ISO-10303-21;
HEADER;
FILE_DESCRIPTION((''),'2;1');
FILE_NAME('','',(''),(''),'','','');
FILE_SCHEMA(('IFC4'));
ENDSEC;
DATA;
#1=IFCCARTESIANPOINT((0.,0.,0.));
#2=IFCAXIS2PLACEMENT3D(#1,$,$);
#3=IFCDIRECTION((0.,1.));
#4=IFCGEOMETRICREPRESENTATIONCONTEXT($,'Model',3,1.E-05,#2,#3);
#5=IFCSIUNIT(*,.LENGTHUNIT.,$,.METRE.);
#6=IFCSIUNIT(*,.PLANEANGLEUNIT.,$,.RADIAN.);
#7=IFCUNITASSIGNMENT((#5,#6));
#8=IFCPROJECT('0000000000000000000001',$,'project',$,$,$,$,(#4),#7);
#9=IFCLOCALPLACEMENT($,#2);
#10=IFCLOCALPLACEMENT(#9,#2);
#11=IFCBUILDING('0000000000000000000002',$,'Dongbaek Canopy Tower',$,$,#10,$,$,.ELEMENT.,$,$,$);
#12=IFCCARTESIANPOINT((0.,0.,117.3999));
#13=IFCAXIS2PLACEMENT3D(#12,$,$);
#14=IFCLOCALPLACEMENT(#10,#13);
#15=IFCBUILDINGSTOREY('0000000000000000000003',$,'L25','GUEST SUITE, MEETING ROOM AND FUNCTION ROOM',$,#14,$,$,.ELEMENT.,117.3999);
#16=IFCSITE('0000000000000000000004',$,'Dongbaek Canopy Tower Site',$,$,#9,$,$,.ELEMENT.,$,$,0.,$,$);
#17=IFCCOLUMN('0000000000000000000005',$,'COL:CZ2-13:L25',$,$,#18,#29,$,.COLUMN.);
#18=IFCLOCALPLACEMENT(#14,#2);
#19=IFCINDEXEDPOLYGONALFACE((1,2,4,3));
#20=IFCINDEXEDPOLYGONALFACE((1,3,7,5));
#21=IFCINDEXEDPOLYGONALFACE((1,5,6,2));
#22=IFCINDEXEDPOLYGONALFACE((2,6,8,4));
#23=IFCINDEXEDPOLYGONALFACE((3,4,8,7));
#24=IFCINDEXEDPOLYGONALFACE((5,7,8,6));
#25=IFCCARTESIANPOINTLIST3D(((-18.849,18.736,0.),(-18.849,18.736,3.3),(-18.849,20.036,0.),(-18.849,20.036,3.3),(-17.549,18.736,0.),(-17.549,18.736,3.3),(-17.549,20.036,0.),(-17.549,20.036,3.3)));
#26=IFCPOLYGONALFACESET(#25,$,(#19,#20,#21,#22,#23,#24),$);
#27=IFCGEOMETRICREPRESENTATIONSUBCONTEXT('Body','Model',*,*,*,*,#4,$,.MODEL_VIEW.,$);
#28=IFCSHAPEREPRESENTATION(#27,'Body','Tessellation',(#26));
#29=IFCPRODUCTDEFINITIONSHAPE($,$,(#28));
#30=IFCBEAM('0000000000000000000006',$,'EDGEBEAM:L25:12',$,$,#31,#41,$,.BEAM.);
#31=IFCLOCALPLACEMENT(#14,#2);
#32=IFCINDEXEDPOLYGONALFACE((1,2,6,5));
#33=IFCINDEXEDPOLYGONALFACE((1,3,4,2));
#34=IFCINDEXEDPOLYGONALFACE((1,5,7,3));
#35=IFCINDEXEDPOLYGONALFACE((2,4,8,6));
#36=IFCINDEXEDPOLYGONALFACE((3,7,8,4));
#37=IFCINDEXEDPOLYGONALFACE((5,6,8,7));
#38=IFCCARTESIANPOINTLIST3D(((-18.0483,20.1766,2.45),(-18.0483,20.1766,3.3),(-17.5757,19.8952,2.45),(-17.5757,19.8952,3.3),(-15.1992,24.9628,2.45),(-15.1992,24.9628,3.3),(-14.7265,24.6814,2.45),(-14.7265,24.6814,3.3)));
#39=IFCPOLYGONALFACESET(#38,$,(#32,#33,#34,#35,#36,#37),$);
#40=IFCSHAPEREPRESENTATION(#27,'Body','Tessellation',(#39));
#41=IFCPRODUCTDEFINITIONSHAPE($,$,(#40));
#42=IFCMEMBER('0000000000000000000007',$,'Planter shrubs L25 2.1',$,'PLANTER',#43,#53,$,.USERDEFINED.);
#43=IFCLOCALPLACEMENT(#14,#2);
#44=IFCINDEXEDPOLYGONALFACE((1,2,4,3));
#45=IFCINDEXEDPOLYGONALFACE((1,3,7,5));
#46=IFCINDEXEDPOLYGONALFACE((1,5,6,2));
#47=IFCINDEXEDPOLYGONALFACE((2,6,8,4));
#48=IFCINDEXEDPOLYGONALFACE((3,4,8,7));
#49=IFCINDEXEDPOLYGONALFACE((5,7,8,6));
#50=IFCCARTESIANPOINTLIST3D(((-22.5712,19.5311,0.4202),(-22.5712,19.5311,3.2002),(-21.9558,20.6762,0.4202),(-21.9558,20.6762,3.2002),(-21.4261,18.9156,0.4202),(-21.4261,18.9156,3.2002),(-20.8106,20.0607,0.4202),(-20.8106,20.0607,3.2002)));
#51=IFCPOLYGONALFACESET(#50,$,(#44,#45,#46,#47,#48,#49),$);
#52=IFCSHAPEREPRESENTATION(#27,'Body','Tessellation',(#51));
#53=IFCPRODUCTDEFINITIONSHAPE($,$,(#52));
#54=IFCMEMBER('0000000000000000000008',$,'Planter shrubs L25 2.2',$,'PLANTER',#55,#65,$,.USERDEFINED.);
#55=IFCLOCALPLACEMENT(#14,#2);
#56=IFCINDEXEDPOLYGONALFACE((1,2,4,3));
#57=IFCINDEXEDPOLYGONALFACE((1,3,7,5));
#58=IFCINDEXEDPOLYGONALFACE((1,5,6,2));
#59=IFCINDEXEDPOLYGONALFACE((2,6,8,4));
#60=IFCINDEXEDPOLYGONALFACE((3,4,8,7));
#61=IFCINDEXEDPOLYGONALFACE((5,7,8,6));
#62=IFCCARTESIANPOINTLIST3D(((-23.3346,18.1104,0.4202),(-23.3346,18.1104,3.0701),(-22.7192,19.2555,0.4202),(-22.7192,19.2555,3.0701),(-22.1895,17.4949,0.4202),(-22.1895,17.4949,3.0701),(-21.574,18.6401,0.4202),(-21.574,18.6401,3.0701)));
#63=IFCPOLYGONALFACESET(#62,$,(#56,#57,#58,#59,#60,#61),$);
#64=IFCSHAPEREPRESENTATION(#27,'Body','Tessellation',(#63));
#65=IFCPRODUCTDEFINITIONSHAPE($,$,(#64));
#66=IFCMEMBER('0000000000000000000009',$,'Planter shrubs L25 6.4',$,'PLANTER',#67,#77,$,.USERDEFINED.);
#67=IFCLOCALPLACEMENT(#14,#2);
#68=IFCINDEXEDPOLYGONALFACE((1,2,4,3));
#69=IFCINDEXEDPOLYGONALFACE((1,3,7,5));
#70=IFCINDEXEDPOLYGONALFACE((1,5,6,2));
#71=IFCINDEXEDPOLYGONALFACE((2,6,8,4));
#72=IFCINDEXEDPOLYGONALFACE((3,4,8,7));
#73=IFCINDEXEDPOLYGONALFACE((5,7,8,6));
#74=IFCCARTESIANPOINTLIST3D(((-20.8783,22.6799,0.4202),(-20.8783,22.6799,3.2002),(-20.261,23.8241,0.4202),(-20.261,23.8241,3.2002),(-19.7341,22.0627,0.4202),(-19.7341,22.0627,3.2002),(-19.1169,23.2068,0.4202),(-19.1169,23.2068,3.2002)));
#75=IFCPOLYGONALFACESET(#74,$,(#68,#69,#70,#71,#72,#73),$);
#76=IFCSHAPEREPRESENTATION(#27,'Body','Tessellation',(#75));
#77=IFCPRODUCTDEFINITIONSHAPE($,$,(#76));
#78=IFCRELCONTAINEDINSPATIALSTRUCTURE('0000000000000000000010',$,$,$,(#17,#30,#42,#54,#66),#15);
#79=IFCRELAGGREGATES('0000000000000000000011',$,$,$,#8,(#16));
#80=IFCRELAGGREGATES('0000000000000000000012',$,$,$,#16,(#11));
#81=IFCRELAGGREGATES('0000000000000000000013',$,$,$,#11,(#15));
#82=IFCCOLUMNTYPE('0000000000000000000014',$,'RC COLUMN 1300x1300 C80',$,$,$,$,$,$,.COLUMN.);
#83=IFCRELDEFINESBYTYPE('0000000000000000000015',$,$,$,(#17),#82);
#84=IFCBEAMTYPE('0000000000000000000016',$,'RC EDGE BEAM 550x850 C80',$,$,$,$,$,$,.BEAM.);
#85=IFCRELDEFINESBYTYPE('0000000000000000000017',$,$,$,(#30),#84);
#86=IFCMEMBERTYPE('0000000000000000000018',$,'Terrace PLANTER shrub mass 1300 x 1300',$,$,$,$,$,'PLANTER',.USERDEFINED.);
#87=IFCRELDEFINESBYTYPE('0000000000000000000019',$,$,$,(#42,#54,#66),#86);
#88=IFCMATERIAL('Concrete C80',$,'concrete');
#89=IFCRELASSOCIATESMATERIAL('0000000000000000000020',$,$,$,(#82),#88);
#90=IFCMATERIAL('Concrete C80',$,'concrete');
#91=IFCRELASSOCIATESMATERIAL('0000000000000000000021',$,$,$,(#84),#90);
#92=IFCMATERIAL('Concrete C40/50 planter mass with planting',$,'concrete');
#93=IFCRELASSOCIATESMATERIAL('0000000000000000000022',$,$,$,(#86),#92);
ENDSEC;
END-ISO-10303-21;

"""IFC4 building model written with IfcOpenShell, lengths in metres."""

from ifc_helpers import new_model, si_unit, direction, frame, origin, origin_2d, place, context, subcontext, project, spatial, rectangle, extrude, material, material_profile, profile_set, type_object, element, save


model = new_model("IFC4")

# Units and contexts
model_context = context("Model", 3, precision=1e-05, world=origin(), true_north=direction((0.0, 1.0)))
body_context = subcontext(model_context, "Body", "Model", "MODEL_VIEW")
ifc_project = project(units=[si_unit("LENGTHUNIT", "METRE"), si_unit("PLANEANGLEUNIT", "RADIAN")], contexts=[model_context])

# Site, building, storey
site_placement = place(None, origin())
site = spatial("IfcSite", under=ifc_project, at=site_placement, Name="Dongbaek Canopy Tower Site", CompositionType="ELEMENT", RefElevation=0.0)
building_placement = place(site_placement, origin())
building = spatial("IfcBuilding", under=site, at=building_placement, Name="Dongbaek Canopy Tower", CompositionType="ELEMENT")
storey_placement = place(building_placement, frame((0.0, 0.0, 117.3999)))
storey = spatial("IfcBuildingStorey", under=building, at=storey_placement, Name="L25", Description="GUEST SUITE, MEETING ROOM AND FUNCTION ROOM", CompositionType="ELEMENT", Elevation=117.3999)

# Column
ifc_material_1 = material(Name="Concrete C80", Category="concrete")
ifc_material_profile_1 = material_profile(ifc_material_1, rectangle(XDim=1.3, YDim=1.3, at=origin_2d()), Name="RC COLUMN 1300x1300 C80")
ifc_profile_set_1 = profile_set([ifc_material_profile_1], Name="Concrete C80")
column_type = type_object("IfcColumnType", Name="RC COLUMN 1300x1300 C80", PredefinedType="COLUMN", material=ifc_profile_set_1)
column_placement = place(storey_placement, frame((-18.199, 19.386, 0.0), z_axis=(0.0, 0.0, 1.0), x_axis=(1.0, 0.0, 0.0)))
element("IfcColumn", 1, at=column_placement, inside=storey, type_object=column_type, Name="COL:CZ2-13:L25", PredefinedType="COLUMN", context=body_context, shape_type="SweptSolid", body=[
    extrude(rectangle(XDim=1.3, YDim=1.3, at=origin_2d()), origin(), (0.0, 0.0, 1.0), 3.3),
])

# Beam
ifc_material_2 = material(Name="Concrete C80", Category="concrete")
ifc_material_profile_2 = material_profile(ifc_material_2, rectangle(XDim=0.55, YDim=0.8501, at=origin_2d()), Name="RC EDGE BEAM 550x850 C80")
ifc_profile_set_2 = profile_set([ifc_material_profile_2], Name="Concrete C80")
beam_type = type_object("IfcBeamType", Name="RC EDGE BEAM 550x850 C80", PredefinedType="BEAM", material=ifc_profile_set_2)
beam_placement = place(storey_placement, frame((-17.812, 20.0359, 2.875), z_axis=(0.511515, 0.859275, 0.0), x_axis=(-0.859275, 0.511515, 0.0)))
element("IfcBeam", 2, at=beam_placement, inside=storey, type_object=beam_type, Name="EDGEBEAM:L25:12", PredefinedType="BEAM", context=body_context, shape_type="SweptSolid", body=[
    extrude(rectangle(XDim=0.55, YDim=0.8501, at=origin_2d()), origin(), (0.0, 0.0, 1.0), 5.5701),
])

# Members
ifc_material_3 = material(Name="Concrete C40/50 planter mass with planting", Category="concrete")
ifc_material_profile_3 = material_profile(ifc_material_3, rectangle(XDim=1.3, YDim=1.3, at=origin_2d()), Name="Terrace PLANTER shrub mass 1300 x 1300")
ifc_profile_set_3 = profile_set([ifc_material_profile_3], Name="Concrete C40/50 planter mass with planting")
member_type = type_object("IfcMemberType", Name="Terrace PLANTER shrub mass 1300 x 1300", ElementType="PLANTER", PredefinedType="USERDEFINED", material=ifc_profile_set_3)
member_1_placement = place(storey_placement, frame((-21.6909, 19.7959, 0.4202), z_axis=(0.0, 0.0, 1.0), x_axis=(-0.880843, 0.473409, 0.0)))
element("IfcMember", 3, at=member_1_placement, inside=storey, type_object=member_type, Name="Planter shrubs L25 2.1", ObjectType="PLANTER", PredefinedType="USERDEFINED", context=body_context, shape_type="SweptSolid", body=[
    extrude(rectangle(XDim=1.3, YDim=1.3, at=origin_2d()), origin(), (0.0, 0.0, 1.0), 2.78),
])
member_2_placement = place(storey_placement, frame((-22.4543, 18.3752, 0.4202), z_axis=(0.0, 0.0, 1.0), x_axis=(-0.880843, 0.473409, 0.0)))
element("IfcMember", 4, at=member_2_placement, inside=storey, type_object=member_type, Name="Planter shrubs L25 2.2", ObjectType="PLANTER", PredefinedType="USERDEFINED", context=body_context, shape_type="SweptSolid", body=[
    extrude(rectangle(XDim=1.3, YDim=1.3, at=origin_2d()), origin(), (0.0, 0.0, 1.0), 2.6499),
])
member_3_placement = place(storey_placement, frame((-19.9976, 22.9434, 0.4202), z_axis=(0.0, 0.0, 1.0), x_axis=(-0.880109, 0.474771, 0.0)))
element("IfcMember", 5, at=member_3_placement, inside=storey, type_object=member_type, Name="Planter shrubs L25 6.4", ObjectType="PLANTER", PredefinedType="USERDEFINED", context=body_context, shape_type="SweptSolid", body=[
    extrude(rectangle(XDim=1.3, YDim=1.3, at=origin_2d()), origin(), (0.0, 0.0, 1.0), 2.78),
])

save(model, "model.ifc")
